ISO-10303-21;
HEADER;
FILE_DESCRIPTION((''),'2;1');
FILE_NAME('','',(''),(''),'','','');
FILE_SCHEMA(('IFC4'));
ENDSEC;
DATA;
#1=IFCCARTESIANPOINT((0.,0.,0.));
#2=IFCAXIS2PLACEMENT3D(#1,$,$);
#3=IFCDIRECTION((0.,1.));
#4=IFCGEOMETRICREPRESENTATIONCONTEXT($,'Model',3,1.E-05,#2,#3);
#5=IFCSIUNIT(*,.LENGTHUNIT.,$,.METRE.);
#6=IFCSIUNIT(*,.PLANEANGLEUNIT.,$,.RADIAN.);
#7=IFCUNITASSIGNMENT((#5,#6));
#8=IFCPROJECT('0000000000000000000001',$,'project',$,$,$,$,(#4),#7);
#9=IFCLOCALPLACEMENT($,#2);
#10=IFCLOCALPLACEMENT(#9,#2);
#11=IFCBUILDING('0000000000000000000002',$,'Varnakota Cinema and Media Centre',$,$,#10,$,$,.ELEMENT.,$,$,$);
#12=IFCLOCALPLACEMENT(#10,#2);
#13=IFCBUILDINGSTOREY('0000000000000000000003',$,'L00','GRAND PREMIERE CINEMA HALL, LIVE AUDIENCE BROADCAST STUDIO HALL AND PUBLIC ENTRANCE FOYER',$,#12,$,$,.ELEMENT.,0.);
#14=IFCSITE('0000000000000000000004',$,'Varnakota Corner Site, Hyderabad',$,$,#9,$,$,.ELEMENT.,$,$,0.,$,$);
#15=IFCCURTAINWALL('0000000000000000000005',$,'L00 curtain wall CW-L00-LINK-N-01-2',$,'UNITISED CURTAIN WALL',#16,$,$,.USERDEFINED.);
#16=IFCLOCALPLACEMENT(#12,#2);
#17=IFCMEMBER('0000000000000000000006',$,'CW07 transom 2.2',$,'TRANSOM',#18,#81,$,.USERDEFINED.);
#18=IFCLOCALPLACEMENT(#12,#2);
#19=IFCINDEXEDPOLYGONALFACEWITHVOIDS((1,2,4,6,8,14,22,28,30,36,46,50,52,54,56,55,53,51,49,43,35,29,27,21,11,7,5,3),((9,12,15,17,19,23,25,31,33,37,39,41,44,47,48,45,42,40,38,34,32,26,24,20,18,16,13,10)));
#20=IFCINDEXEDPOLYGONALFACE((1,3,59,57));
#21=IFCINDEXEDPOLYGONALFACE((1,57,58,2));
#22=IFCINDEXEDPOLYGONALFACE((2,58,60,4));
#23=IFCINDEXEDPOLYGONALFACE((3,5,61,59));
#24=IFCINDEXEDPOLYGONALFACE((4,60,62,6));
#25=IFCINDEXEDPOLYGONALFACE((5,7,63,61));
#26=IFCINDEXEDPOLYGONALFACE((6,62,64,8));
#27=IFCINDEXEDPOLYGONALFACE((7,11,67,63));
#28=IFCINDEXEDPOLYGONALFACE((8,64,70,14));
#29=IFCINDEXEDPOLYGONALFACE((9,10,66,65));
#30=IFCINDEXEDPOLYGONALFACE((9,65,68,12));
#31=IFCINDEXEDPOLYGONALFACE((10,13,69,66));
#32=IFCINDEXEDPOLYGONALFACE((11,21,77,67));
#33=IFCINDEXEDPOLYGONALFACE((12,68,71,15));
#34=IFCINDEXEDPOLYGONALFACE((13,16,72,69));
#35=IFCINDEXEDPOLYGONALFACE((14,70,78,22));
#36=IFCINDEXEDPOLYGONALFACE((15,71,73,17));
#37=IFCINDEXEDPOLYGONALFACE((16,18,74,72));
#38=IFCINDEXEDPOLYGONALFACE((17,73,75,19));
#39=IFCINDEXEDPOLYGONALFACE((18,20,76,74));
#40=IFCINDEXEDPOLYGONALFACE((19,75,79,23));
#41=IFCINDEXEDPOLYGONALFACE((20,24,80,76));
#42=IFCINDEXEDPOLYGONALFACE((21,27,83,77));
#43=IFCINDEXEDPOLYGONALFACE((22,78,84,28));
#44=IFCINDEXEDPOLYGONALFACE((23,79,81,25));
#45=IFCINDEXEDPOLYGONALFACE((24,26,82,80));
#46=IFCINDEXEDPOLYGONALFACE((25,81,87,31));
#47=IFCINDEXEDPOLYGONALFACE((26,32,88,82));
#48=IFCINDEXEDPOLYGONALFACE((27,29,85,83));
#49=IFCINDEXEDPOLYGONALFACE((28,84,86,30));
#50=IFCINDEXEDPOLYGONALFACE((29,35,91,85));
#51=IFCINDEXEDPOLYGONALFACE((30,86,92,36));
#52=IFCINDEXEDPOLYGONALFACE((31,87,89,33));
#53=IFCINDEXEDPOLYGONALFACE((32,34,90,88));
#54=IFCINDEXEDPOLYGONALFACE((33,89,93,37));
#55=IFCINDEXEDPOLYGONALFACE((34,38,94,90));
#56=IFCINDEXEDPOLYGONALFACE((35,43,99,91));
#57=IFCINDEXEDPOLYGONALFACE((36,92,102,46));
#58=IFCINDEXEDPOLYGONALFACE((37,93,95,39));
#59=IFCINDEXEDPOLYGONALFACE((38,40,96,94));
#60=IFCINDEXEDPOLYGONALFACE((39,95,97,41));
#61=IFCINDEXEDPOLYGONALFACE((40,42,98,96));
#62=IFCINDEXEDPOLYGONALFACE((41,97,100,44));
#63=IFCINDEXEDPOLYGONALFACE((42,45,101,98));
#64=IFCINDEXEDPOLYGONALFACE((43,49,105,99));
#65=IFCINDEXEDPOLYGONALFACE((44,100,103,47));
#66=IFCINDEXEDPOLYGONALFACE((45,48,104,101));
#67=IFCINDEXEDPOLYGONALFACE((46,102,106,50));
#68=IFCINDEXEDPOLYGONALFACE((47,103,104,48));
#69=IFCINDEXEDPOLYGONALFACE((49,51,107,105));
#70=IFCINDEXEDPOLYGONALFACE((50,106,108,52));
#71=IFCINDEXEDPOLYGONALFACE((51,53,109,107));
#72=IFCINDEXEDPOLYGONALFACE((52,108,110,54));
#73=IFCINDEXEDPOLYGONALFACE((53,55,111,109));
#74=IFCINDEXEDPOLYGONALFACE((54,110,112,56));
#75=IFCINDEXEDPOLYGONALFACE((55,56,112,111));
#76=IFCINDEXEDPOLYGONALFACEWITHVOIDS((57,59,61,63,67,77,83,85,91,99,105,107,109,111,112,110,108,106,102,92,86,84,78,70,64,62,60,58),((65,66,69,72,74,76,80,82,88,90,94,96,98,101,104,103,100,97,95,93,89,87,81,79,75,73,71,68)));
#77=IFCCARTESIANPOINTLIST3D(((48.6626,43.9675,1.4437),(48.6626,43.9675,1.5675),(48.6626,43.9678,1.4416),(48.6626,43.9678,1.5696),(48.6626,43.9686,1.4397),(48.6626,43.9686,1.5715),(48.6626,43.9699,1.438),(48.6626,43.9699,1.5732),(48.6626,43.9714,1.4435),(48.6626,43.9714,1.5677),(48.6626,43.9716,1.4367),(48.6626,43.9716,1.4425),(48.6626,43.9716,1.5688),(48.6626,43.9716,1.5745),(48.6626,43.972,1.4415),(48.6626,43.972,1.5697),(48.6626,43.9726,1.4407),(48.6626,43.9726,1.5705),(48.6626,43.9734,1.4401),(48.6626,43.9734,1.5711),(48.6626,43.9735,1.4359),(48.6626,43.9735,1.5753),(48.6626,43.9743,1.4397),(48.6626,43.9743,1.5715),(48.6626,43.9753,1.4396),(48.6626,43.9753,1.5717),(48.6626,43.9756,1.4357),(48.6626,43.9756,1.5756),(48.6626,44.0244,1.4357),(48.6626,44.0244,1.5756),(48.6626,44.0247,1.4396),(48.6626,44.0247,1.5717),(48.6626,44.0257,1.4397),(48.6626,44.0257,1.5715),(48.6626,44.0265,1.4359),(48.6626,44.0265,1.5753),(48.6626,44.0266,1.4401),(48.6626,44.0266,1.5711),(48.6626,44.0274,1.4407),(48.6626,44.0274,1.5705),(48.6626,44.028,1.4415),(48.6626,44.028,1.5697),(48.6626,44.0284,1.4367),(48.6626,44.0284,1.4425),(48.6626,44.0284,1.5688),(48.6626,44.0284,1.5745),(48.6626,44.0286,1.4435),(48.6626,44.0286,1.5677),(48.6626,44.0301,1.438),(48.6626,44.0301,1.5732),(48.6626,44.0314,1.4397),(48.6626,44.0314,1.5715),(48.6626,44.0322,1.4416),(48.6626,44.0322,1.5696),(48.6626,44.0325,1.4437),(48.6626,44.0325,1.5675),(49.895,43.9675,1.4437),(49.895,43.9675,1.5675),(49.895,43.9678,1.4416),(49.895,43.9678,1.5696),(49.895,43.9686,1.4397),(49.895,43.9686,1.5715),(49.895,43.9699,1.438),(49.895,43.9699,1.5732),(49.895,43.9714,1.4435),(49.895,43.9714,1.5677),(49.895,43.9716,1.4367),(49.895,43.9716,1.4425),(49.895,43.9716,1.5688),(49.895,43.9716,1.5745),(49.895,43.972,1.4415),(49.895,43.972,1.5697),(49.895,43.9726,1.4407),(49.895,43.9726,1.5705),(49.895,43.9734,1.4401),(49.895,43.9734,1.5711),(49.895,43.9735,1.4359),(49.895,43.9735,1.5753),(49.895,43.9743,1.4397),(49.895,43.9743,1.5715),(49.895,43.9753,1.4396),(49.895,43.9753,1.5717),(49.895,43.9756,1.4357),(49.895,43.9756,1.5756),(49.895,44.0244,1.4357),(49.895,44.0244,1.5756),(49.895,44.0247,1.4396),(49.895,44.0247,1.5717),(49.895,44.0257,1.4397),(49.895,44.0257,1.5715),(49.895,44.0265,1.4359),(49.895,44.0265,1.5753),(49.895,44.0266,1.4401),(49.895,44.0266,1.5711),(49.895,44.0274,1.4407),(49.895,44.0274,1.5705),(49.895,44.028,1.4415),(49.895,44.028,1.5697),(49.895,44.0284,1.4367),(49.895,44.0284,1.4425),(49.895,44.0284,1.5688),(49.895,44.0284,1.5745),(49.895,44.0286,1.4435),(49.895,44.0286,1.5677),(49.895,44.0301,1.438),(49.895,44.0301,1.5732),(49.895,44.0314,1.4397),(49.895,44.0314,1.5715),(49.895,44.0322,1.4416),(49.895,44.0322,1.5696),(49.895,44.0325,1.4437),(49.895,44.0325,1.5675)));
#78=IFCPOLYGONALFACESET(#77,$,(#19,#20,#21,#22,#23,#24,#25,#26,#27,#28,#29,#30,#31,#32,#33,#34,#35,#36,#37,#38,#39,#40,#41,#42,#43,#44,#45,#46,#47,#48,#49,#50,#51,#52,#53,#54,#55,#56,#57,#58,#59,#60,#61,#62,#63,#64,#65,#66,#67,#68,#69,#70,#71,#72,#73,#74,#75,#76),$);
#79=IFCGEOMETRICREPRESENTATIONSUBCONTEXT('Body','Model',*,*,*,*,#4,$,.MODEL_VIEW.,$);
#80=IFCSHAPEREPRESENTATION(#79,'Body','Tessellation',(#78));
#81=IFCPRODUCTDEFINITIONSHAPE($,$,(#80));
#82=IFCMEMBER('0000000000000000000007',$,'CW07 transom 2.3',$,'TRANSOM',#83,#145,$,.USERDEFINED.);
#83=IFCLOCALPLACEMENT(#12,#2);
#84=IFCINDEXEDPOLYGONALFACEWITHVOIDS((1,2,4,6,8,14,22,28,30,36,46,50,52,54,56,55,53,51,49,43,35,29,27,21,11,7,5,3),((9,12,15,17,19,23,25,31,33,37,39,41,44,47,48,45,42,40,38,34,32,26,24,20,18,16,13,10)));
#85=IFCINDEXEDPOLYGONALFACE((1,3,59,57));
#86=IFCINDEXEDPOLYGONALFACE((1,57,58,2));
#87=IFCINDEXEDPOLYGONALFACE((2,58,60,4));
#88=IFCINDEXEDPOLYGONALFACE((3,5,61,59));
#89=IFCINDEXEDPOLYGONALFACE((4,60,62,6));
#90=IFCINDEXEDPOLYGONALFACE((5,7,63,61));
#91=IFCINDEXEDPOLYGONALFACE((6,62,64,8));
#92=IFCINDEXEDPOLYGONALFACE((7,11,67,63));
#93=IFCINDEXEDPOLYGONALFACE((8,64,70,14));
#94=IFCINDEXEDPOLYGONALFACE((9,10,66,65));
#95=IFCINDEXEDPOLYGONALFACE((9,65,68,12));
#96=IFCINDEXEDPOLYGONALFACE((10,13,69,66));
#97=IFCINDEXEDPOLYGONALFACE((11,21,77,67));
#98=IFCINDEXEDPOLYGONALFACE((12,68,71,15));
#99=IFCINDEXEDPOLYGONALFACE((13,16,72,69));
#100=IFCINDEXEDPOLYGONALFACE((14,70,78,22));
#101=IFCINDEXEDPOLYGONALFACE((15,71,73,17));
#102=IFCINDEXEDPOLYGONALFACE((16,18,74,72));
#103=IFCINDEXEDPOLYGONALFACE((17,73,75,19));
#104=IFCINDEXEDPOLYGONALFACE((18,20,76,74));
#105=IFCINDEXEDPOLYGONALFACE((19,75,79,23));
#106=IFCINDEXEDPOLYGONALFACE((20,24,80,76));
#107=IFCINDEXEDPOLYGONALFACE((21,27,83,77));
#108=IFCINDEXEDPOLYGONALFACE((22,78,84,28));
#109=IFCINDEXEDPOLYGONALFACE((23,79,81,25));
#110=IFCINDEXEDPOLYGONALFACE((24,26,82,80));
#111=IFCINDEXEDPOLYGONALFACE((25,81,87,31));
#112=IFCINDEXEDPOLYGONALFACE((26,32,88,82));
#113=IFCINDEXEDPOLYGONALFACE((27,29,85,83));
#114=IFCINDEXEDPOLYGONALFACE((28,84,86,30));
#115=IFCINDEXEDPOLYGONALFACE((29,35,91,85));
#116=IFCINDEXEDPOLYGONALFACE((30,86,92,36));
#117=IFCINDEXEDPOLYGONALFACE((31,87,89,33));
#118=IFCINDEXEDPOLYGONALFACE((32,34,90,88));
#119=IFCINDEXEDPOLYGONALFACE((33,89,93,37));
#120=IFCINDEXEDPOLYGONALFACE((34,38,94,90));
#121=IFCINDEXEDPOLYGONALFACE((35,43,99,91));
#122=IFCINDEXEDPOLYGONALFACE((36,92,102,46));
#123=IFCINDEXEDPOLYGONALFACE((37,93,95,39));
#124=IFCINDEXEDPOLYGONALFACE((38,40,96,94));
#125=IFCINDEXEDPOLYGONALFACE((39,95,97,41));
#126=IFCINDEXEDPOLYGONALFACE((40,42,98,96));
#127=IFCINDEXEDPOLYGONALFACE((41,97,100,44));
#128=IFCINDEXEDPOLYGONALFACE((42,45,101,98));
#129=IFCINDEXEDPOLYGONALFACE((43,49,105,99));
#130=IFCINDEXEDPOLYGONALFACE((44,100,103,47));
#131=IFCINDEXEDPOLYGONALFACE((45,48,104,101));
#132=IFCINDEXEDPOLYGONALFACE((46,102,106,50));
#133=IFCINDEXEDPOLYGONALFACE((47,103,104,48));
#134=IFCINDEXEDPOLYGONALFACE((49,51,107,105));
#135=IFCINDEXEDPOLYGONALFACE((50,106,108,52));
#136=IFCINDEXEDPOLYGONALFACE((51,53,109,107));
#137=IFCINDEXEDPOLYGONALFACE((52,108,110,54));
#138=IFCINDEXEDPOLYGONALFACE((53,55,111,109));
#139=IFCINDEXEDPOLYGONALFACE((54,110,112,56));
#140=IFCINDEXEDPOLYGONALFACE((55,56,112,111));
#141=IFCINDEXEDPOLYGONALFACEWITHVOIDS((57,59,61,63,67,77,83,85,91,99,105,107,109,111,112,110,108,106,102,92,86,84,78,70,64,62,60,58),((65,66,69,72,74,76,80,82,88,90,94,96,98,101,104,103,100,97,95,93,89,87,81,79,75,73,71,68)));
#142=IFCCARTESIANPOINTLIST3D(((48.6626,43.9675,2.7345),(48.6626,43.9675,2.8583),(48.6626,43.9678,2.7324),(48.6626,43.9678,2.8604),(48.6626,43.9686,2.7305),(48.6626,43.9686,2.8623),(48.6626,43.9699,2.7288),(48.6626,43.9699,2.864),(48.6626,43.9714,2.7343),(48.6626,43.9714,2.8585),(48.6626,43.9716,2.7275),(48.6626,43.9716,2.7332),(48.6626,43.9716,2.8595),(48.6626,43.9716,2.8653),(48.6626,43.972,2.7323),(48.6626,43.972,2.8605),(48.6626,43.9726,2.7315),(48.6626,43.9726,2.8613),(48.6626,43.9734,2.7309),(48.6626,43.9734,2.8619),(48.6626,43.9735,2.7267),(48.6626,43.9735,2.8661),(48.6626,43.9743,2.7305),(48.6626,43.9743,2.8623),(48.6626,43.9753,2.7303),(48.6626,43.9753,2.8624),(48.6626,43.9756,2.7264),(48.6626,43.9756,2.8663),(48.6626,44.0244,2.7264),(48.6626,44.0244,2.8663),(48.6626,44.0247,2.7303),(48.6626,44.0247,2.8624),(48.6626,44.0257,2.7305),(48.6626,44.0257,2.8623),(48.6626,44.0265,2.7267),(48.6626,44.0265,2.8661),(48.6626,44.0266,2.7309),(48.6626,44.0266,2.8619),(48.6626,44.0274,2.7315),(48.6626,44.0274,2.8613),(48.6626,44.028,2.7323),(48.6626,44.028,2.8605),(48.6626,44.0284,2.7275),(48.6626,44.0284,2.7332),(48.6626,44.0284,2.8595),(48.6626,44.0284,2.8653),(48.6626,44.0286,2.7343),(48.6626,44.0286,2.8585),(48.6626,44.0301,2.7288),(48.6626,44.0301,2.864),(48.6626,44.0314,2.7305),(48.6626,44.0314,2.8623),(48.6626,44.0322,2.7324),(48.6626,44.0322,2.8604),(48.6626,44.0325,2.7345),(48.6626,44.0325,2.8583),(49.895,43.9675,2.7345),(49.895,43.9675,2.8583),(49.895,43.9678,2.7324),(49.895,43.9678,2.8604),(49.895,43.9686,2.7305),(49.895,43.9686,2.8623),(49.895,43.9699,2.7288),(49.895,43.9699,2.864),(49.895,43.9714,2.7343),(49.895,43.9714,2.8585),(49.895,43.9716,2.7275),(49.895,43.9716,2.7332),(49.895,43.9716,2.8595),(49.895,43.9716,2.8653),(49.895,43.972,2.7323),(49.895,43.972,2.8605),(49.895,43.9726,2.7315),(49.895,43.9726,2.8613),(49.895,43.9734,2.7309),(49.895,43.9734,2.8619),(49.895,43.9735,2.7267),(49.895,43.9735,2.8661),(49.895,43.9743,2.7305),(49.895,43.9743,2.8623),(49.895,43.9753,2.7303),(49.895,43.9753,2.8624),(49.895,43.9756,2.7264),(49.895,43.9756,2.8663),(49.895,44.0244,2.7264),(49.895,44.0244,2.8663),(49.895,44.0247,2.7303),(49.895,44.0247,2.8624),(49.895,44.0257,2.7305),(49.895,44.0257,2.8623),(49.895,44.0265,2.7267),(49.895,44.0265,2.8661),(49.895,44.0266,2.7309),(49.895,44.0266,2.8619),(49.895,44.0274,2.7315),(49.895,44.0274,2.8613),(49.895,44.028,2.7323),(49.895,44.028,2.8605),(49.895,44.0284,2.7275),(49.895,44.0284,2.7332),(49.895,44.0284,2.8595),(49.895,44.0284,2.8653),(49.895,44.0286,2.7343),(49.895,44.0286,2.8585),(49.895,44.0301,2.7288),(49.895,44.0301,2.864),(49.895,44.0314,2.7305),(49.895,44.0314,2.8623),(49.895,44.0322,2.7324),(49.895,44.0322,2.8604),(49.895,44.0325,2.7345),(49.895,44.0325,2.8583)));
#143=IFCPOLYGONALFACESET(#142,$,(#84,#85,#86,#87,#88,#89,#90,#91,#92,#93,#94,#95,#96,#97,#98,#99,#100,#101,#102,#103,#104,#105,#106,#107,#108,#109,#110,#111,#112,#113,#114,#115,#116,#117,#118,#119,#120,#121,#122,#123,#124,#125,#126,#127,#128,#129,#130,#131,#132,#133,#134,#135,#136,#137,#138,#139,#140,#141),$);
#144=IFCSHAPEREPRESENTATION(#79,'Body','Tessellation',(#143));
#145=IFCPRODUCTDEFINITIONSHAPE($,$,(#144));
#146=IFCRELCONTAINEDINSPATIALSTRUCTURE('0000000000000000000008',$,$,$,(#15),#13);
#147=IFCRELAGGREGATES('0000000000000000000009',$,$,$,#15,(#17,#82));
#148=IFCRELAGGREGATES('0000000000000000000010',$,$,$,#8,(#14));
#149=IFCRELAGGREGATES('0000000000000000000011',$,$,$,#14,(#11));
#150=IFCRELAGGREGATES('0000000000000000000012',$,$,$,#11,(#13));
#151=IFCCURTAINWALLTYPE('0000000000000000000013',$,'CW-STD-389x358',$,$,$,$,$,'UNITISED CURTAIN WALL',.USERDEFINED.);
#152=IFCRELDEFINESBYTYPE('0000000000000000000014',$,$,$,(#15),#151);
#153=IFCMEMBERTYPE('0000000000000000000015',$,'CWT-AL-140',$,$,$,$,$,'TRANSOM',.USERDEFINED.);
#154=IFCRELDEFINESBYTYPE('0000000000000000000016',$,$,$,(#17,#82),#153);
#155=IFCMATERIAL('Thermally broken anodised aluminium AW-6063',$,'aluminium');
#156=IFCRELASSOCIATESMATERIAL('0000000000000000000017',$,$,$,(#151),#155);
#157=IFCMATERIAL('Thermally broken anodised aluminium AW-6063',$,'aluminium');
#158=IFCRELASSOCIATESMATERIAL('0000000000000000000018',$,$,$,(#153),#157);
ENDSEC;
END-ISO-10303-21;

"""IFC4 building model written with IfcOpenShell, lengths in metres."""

from ifc_helpers import new_model, si_unit, direction, frame, origin, origin_2d, place, context, subcontext, project, spatial, hollow_rectangle, extrude, material, material_profile, profile_set, type_object, element, aggregate, save


model = new_model("IFC4")

# Units and contexts
model_context = context("Model", 3, precision=1e-05, world=origin(), true_north=direction((0.0, 1.0)))
body_context = subcontext(model_context, "Body", "Model", "MODEL_VIEW")
ifc_project = project(units=[si_unit("LENGTHUNIT", "METRE"), si_unit("PLANEANGLEUNIT", "RADIAN")], contexts=[model_context])

# Site, building, storey
site_placement = place(None, origin())
site = spatial("IfcSite", under=ifc_project, at=site_placement, Name="Varnakota Corner Site, Hyderabad", CompositionType="ELEMENT", RefElevation=0.0)
building_placement = place(site_placement, origin())
building = spatial("IfcBuilding", under=site, at=building_placement, Name="Varnakota Cinema and Media Centre", CompositionType="ELEMENT")
storey_placement = place(building_placement, origin())
storey = spatial("IfcBuildingStorey", under=building, at=storey_placement, Name="L00", Description="GRAND PREMIERE CINEMA HALL, LIVE AUDIENCE BROADCAST STUDIO HALL AND PUBLIC ENTRANCE FOYER", CompositionType="ELEMENT", Elevation=0.0)

# Curtain wall
ifc_material_1 = material(Name="Thermally broken anodised aluminium AW-6063", Category="aluminium")
curtain_wall_type_1 = type_object("IfcCurtainWallType", Name="CW-STD-389x358", ElementType="UNITISED CURTAIN WALL", PredefinedType="USERDEFINED", material=ifc_material_1)
curtain_wall_1_placement = place(storey_placement, origin())
curtain_wall_1 = element("IfcCurtainWall", 1, at=curtain_wall_1_placement, inside=storey, type_object=curtain_wall_type_1, Name="L00 curtain wall CW-L00-LINK-N-01-2", ObjectType="UNITISED CURTAIN WALL", PredefinedType="USERDEFINED")

# Members
ifc_material_2 = material(Name="Thermally broken anodised aluminium AW-6063", Category="aluminium")
ifc_material_profile_1 = material_profile(ifc_material_2, hollow_rectangle(XDim=0.0649, YDim=0.1399, WallThickness=0.0039, InnerFilletRadius=0.0039, OuterFilletRadius=0.0081, at=origin_2d()), Name="AL-TRANSOM 140x65x4")
ifc_profile_set_1 = profile_set([ifc_material_profile_1], Name="Thermally broken anodised aluminium AW-6063")
member_type_1 = type_object("IfcMemberType", Name="CWT-AL-140", ElementType="TRANSOM", PredefinedType="USERDEFINED", material=ifc_profile_set_1)
member_1_placement = place(storey_placement, frame((48.6626, 44.0, 1.5056), z_axis=(1.0, 0.0, 0.0), x_axis=(0.0, 1.0, 0.0)))
member_1 = element("IfcMember", 2, at=member_1_placement, type_object=member_type_1, Name="CW07 transom 2.2", ObjectType="TRANSOM", PredefinedType="USERDEFINED", context=body_context, shape_type="SweptSolid", body=[
    extrude(hollow_rectangle(XDim=0.0649, YDim=0.1399, WallThickness=0.0039, InnerFilletRadius=0.0039, OuterFilletRadius=0.0081, at=origin_2d()), origin(), (0.0, 0.0, 1.0), 1.2324),
])
member_2_placement = place(storey_placement, frame((48.6626, 44.0, 2.7964), z_axis=(1.0, 0.0, 0.0), x_axis=(0.0, 1.0, 0.0)))
member_2 = element("IfcMember", 3, at=member_2_placement, type_object=member_type_1, Name="CW07 transom 2.3", ObjectType="TRANSOM", PredefinedType="USERDEFINED", context=body_context, shape_type="SweptSolid", body=[
    extrude(hollow_rectangle(XDim=0.0649, YDim=0.1399, WallThickness=0.0039, InnerFilletRadius=0.0039, OuterFilletRadius=0.0081, at=origin_2d()), origin(), (0.0, 0.0, 1.0), 1.2324),
])

aggregate(curtain_wall_1, [member_1, member_2])

save(model, "model.ifc")
